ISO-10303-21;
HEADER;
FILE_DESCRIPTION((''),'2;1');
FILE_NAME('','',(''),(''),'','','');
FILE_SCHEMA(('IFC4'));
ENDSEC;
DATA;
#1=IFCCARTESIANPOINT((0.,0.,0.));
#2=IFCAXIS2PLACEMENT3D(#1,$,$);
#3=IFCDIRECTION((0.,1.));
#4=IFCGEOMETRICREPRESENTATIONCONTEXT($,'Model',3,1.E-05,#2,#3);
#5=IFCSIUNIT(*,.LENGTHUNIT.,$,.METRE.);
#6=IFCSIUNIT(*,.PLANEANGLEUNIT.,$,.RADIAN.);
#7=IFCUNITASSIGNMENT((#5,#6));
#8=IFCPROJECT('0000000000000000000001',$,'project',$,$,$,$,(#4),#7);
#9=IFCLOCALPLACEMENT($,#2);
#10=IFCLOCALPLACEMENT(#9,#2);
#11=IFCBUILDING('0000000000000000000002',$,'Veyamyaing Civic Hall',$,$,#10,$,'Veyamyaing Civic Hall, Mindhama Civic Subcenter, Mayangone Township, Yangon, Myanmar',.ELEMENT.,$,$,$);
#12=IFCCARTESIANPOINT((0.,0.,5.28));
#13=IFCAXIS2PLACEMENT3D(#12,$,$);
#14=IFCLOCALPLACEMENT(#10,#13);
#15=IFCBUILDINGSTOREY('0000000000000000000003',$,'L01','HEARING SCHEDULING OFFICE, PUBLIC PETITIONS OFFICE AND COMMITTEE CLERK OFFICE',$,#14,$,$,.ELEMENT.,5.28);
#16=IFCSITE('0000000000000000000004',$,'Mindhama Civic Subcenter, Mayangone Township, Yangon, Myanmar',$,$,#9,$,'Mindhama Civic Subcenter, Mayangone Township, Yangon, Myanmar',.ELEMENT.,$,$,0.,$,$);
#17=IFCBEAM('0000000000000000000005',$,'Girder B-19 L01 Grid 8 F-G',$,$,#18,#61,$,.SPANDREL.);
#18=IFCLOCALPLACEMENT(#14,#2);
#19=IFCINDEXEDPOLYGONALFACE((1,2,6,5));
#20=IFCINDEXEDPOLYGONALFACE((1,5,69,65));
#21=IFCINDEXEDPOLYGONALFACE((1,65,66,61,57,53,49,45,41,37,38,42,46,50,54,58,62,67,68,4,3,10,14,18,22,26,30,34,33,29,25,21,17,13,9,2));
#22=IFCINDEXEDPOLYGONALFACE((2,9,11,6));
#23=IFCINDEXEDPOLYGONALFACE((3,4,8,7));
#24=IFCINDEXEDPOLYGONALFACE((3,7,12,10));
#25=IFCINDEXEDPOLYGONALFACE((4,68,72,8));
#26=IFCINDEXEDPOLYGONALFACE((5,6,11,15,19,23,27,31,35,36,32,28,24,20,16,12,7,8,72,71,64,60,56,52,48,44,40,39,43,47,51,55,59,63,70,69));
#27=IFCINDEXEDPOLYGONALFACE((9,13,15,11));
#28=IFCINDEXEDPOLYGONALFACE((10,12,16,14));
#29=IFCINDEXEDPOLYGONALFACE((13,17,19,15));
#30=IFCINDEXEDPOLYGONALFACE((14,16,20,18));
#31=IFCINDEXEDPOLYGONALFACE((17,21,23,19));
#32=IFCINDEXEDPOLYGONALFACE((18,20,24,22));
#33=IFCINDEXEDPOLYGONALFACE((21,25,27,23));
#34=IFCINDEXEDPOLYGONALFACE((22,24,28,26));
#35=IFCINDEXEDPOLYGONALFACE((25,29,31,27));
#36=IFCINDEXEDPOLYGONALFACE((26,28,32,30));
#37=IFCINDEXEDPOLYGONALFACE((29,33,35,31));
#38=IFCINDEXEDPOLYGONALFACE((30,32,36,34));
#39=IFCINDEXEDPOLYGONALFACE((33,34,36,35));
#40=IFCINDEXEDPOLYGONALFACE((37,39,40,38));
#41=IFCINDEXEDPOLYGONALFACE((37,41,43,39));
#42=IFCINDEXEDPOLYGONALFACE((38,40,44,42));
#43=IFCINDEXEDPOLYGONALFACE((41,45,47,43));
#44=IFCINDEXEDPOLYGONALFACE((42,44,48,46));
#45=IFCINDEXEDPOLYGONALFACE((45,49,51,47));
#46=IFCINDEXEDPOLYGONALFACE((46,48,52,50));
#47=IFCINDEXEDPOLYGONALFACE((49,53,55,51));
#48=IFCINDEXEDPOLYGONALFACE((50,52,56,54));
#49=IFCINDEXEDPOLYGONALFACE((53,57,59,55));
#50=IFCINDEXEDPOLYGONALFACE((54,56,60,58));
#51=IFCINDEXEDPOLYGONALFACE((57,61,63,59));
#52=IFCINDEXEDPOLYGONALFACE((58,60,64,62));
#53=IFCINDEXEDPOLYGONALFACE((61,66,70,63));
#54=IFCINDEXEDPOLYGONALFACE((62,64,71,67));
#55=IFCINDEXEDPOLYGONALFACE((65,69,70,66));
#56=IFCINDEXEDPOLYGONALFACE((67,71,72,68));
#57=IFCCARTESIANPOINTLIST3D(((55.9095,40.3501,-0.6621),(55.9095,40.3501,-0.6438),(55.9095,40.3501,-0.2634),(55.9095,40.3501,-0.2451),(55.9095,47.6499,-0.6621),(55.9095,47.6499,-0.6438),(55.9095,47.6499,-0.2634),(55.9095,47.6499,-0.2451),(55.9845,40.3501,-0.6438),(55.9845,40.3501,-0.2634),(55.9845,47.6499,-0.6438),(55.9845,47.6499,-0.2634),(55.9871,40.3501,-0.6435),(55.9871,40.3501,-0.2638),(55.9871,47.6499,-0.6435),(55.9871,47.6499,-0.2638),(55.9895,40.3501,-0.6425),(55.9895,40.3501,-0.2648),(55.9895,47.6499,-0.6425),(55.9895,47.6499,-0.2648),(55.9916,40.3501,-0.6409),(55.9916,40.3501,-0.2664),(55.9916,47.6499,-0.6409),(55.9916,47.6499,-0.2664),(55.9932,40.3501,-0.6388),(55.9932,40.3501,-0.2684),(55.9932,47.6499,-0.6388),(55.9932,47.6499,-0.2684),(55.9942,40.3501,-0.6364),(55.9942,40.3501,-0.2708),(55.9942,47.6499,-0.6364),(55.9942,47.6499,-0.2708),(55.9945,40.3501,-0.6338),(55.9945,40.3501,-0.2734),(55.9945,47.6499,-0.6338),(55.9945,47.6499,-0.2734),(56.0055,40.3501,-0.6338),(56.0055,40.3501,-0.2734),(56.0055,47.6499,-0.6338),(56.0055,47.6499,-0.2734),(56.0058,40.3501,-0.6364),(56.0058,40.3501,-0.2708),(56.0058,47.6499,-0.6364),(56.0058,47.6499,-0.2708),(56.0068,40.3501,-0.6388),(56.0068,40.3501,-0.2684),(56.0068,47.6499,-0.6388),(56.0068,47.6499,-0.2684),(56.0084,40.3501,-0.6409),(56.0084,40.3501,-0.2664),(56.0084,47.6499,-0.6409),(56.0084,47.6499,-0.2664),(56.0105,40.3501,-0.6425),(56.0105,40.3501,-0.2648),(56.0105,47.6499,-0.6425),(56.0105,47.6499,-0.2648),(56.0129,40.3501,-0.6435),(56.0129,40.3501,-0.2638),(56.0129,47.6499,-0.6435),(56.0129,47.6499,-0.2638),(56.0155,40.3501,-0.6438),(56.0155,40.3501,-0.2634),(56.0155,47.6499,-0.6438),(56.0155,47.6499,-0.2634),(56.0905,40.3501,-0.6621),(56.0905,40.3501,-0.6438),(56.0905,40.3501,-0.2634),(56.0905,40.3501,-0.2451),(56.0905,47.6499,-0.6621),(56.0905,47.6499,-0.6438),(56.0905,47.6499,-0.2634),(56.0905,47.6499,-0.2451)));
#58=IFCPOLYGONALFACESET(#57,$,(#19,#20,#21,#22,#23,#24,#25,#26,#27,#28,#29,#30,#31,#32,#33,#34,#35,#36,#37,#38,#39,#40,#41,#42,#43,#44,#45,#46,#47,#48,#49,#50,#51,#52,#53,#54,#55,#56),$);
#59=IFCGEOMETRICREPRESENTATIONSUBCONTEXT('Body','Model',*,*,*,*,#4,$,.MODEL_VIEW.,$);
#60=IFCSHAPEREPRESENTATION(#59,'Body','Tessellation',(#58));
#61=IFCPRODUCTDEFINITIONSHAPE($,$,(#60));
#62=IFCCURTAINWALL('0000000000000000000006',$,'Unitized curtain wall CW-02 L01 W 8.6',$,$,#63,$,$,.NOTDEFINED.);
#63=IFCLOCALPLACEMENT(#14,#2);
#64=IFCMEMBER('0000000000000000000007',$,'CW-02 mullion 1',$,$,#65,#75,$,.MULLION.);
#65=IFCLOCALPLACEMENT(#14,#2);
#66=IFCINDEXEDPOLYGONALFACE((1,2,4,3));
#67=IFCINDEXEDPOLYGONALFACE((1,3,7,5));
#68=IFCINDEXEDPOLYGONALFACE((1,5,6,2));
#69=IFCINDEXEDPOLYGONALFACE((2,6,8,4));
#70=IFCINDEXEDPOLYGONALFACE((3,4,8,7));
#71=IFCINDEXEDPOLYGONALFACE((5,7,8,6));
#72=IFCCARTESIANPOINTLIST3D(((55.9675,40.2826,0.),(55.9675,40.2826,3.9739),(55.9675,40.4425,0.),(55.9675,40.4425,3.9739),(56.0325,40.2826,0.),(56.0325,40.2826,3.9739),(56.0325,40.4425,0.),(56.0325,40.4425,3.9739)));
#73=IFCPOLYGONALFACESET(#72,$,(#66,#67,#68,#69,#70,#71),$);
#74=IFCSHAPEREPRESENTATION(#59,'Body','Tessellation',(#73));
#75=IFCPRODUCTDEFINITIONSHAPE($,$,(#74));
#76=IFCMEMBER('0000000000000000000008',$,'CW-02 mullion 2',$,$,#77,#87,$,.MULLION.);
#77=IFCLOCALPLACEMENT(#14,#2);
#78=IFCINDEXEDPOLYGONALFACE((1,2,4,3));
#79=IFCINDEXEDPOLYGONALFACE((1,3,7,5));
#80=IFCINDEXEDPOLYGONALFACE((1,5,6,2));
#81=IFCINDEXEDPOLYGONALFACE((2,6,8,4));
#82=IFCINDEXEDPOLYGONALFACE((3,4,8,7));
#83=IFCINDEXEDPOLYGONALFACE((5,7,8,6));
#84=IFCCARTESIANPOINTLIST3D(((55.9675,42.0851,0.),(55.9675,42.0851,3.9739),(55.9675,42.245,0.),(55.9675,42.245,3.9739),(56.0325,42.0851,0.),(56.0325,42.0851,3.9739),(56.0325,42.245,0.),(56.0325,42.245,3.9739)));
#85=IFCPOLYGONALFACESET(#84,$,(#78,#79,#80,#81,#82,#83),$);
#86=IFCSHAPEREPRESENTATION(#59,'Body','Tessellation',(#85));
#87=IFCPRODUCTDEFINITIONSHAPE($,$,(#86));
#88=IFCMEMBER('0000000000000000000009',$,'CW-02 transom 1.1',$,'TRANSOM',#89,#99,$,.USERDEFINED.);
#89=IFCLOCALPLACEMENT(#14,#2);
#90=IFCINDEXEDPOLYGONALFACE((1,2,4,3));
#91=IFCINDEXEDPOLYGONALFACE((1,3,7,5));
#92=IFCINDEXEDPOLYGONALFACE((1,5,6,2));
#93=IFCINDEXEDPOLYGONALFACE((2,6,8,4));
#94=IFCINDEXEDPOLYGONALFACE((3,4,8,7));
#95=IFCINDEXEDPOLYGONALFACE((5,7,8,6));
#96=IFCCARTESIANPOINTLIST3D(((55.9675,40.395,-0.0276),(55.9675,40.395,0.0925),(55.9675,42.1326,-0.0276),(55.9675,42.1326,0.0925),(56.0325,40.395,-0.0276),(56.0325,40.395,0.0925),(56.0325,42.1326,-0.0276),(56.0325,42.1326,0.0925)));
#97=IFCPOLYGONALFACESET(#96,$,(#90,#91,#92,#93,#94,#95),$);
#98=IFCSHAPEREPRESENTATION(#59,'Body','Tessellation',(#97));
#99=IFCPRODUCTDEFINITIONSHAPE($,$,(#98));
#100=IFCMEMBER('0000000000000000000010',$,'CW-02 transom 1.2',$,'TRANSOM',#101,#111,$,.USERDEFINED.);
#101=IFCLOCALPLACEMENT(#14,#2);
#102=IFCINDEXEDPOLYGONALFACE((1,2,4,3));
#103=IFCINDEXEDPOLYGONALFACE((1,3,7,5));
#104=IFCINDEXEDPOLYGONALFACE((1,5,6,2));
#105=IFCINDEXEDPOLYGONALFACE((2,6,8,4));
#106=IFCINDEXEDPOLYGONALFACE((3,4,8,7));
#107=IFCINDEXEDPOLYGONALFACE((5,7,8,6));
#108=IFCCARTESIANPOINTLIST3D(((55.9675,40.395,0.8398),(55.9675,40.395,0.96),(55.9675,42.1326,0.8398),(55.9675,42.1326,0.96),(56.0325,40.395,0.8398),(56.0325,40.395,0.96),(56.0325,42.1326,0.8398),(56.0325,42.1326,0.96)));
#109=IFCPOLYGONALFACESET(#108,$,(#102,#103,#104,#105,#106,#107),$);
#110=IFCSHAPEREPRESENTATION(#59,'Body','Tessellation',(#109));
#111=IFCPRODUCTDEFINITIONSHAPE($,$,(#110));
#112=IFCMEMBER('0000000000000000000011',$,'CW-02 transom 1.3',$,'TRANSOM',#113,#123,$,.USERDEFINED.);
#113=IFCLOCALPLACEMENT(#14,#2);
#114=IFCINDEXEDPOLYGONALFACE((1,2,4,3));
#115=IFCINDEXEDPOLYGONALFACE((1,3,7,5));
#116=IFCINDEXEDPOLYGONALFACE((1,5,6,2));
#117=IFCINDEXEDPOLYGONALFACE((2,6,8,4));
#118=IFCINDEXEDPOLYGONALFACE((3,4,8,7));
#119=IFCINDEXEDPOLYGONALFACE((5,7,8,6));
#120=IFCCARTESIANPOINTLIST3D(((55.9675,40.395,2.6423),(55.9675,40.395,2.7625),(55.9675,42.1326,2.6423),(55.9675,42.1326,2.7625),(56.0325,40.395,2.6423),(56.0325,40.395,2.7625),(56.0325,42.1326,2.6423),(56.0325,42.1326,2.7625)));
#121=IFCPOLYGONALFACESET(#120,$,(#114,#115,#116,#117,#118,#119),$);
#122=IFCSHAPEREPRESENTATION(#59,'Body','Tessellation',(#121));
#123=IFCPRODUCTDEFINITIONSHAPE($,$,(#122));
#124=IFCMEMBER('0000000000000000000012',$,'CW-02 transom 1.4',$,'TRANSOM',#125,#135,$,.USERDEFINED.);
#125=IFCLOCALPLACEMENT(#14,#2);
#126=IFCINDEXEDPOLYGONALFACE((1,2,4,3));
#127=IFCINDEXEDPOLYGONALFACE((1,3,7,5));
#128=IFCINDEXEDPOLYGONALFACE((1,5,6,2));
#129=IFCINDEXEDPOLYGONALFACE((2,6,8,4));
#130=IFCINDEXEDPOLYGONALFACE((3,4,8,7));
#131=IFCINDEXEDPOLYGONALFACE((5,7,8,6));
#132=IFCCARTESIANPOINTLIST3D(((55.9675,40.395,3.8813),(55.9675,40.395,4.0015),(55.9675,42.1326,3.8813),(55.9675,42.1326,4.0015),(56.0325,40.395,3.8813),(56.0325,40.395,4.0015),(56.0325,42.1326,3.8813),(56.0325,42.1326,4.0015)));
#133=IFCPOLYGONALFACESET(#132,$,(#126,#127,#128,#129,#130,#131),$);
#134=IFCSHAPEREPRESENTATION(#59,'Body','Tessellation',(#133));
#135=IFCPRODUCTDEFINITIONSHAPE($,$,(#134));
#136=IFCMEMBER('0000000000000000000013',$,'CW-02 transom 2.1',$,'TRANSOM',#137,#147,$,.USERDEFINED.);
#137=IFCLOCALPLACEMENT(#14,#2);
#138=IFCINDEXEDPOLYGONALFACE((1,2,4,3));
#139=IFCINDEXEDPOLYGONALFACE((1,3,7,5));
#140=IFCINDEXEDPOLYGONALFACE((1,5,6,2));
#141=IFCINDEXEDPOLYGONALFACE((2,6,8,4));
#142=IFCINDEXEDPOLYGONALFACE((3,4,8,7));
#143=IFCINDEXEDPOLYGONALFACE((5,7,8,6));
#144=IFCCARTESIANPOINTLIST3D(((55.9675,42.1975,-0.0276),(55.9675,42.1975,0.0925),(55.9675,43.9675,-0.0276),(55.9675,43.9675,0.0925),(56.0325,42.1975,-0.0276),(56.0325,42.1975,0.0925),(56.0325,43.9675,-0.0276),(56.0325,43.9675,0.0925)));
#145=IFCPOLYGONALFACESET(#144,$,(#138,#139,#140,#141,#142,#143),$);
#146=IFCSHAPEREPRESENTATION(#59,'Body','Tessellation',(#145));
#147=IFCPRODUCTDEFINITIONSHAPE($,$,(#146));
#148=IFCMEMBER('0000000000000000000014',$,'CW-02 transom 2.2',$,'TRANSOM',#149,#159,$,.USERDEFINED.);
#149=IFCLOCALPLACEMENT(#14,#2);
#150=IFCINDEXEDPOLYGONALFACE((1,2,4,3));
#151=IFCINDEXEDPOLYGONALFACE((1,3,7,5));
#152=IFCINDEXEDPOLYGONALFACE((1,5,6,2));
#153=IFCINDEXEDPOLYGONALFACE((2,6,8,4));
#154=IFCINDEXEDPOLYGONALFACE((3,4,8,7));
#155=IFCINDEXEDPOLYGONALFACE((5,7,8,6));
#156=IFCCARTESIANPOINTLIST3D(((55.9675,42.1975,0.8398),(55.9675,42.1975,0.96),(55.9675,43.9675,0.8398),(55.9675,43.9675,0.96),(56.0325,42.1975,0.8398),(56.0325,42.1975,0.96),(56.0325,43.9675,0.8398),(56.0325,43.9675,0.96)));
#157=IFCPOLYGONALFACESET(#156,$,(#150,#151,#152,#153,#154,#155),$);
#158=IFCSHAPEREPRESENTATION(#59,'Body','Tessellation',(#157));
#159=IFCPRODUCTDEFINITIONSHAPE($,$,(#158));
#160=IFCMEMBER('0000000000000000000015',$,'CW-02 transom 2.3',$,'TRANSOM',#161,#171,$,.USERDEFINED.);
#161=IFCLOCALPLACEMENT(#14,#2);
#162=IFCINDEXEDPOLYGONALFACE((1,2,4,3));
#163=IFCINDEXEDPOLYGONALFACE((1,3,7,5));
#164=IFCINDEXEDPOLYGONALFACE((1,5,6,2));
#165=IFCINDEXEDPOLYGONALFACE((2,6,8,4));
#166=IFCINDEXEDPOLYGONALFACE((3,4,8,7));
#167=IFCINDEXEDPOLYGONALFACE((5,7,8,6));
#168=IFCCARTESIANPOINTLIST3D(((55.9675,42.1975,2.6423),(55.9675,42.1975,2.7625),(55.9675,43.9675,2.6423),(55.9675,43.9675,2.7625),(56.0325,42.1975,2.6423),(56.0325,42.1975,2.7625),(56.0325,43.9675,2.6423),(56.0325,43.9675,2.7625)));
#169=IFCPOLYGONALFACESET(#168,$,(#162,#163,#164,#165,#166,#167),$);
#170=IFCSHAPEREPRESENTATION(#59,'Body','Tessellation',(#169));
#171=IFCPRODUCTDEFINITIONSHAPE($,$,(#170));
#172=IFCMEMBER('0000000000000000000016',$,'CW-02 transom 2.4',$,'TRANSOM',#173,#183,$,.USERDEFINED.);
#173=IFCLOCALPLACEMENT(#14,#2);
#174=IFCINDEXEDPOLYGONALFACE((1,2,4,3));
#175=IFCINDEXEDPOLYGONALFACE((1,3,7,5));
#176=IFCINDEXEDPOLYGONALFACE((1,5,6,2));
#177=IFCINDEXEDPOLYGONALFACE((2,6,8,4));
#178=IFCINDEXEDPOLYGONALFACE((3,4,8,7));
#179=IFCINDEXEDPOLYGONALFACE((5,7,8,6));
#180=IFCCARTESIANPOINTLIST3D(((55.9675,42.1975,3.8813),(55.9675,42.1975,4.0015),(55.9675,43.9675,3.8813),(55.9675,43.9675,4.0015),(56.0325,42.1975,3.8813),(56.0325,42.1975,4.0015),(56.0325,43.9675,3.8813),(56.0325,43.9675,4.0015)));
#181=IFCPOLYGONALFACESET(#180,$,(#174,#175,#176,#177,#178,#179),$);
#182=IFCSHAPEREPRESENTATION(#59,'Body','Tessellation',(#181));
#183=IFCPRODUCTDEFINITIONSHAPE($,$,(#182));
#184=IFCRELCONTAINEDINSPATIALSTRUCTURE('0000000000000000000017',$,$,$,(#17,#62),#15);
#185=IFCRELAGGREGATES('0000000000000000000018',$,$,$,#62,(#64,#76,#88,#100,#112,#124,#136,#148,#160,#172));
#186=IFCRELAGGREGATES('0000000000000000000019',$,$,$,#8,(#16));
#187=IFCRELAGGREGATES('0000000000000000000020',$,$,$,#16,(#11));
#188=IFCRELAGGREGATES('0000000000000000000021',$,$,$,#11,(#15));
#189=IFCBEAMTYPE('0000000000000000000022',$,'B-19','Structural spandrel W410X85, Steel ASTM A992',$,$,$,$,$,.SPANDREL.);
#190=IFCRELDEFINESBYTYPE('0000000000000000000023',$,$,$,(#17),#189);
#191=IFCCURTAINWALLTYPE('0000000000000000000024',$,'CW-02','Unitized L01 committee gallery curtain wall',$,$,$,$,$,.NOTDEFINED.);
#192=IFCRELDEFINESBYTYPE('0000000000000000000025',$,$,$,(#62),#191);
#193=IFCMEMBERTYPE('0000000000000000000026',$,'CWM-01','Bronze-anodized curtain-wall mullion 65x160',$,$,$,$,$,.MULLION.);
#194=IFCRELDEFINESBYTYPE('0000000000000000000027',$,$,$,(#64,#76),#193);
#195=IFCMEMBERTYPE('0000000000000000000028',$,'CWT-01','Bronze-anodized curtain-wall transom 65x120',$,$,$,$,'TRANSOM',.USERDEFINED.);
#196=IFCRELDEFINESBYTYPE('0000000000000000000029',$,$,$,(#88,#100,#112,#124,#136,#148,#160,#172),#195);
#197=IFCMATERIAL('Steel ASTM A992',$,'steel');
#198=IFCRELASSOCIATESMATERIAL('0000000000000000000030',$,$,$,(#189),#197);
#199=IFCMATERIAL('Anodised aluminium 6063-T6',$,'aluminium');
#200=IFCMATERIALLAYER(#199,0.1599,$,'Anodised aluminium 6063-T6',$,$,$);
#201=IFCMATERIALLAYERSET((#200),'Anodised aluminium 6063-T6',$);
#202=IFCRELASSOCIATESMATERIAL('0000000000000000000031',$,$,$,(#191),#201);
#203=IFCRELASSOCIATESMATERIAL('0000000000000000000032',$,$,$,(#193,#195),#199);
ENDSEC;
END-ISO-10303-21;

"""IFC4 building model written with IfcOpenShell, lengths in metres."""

from ifc_helpers import new_model, si_unit, direction, frame, origin, origin_2d, place, context, subcontext, project, spatial, rectangle, i_section, extrude, material, layer, layer_set, material_profile, profile_set, type_object, element, aggregate, save


model = new_model("IFC4")

# Units and contexts
model_context = context("Model", 3, precision=1e-05, world=origin(), true_north=direction((0.0, 1.0)))
body_context = subcontext(model_context, "Body", "Model", "MODEL_VIEW")
ifc_project = project(units=[si_unit("LENGTHUNIT", "METRE"), si_unit("PLANEANGLEUNIT", "RADIAN")], contexts=[model_context])

# Site, building, storey
site_placement = place(None, origin())
site = spatial("IfcSite", under=ifc_project, at=site_placement, Name="Mindhama Civic Subcenter, Mayangone Township, Yangon, Myanmar", LongName="Mindhama Civic Subcenter, Mayangone Township, Yangon, Myanmar", CompositionType="ELEMENT", RefElevation=0.0)
building_placement = place(site_placement, origin())
building = spatial("IfcBuilding", under=site, at=building_placement, Name="Veyamyaing Civic Hall", LongName="Veyamyaing Civic Hall, Mindhama Civic Subcenter, Mayangone Township, Yangon, Myanmar", CompositionType="ELEMENT")
storey_placement = place(building_placement, frame((0.0, 0.0, 5.28)))
storey = spatial("IfcBuildingStorey", under=building, at=storey_placement, Name="L01", Description="HEARING SCHEDULING OFFICE, PUBLIC PETITIONS OFFICE AND COMMITTEE CLERK OFFICE", CompositionType="ELEMENT", Elevation=5.28)

# Beam
ifc_material_1 = material(Name="Steel ASTM A992", Category="steel")
ifc_material_profile_1 = material_profile(ifc_material_1, i_section(OverallWidth=0.1809, OverallDepth=0.417, WebThickness=0.011, FlangeThickness=0.0183, FilletRadius=0.01, at=origin_2d()), Name="W410X85")
ifc_profile_set_1 = profile_set([ifc_material_profile_1], Name="Steel ASTM A992")
beam_type_1 = type_object("IfcBeamType", Name="B-19", Description="Structural spandrel W410X85, Steel ASTM A992", PredefinedType="SPANDREL", material=ifc_profile_set_1)
beam_1_placement = place(storey_placement, frame((56.0, 40.3501, -0.4536), z_axis=(0.0, 1.0, 0.0), x_axis=(-1.0, 0.0, 0.0)))
element("IfcBeam", 1, at=beam_1_placement, inside=storey, type_object=beam_type_1, Name="Girder B-19 L01 Grid 8 F-G", PredefinedType="SPANDREL", context=body_context, shape_type="SweptSolid", body=[
    extrude(i_section(OverallWidth=0.1809, OverallDepth=0.417, WebThickness=0.011, FlangeThickness=0.0183, FilletRadius=0.01, at=origin_2d()), origin(), (0.0, 0.0, 1.0), 7.2998),
])

# Curtain wall, members
ifc_material_2 = material(Name="Anodised aluminium 6063-T6", Category="aluminium")
ifc_layer_1 = layer(ifc_material_2, 0.1599, Name="Anodised aluminium 6063-T6")
ifc_layer_set_1 = layer_set([ifc_layer_1], Name="Anodised aluminium 6063-T6")
curtain_wall_type = type_object("IfcCurtainWallType", Name="CW-02", Description="Unitized L01 committee gallery curtain wall", PredefinedType="NOTDEFINED", material=ifc_layer_set_1)
curtain_wall_placement = place(storey_placement, origin())
curtain_wall = element("IfcCurtainWall", 2, at=curtain_wall_placement, inside=storey, type_object=curtain_wall_type, Name="Unitized curtain wall CW-02 L01 W 8.6", PredefinedType="NOTDEFINED")
ifc_material_profile_2 = material_profile(ifc_material_2, rectangle(XDim=0.0649, YDim=0.1599, at=origin_2d()), Name="ALU-MUL-65X160")
ifc_profile_set_2 = profile_set([ifc_material_profile_2], Name="Anodised aluminium 6063-T6")
member_type_1 = type_object("IfcMemberType", Name="CWM-01", Description="Bronze-anodized curtain-wall mullion 65x160", PredefinedType="MULLION", material=ifc_profile_set_2)
member_1_placement = place(storey_placement, frame((56.0, 40.3625, 0.0), z_axis=(0.0, 0.0, 1.0), x_axis=(-1.0, 0.0, 0.0)))
member_1 = element("IfcMember", 3, at=member_1_placement, type_object=member_type_1, Name="CW-02 mullion 1", PredefinedType="MULLION", context=body_context, shape_type="SweptSolid", body=[
    extrude(rectangle(XDim=0.0649, YDim=0.1599, at=origin_2d()), origin(), (0.0, 0.0, 1.0), 3.9739),
])
member_2_placement = place(storey_placement, frame((56.0, 42.165, 0.0), z_axis=(0.0, 0.0, 1.0), x_axis=(-1.0, 0.0, 0.0)))
member_2 = element("IfcMember", 4, at=member_2_placement, type_object=member_type_1, Name="CW-02 mullion 2", PredefinedType="MULLION", context=body_context, shape_type="SweptSolid", body=[
    extrude(rectangle(XDim=0.0649, YDim=0.1599, at=origin_2d()), origin(), (0.0, 0.0, 1.0), 3.9739),
])
ifc_material_profile_3 = material_profile(ifc_material_2, rectangle(XDim=0.0649, YDim=0.1201, at=origin_2d()), Name="ALU-TRN-65X120")
ifc_profile_set_3 = profile_set([ifc_material_profile_3], Name="Anodised aluminium 6063-T6")
member_type_2 = type_object("IfcMemberType", Name="CWT-01", Description="Bronze-anodized curtain-wall transom 65x120", ElementType="TRANSOM", PredefinedType="USERDEFINED", material=ifc_profile_set_3)
member_3_placement = place(storey_placement, frame((56.0, 40.395, 0.0325), z_axis=(0.0, 1.0, 0.0), x_axis=(-1.0, 0.0, 0.0)))
member_3 = element("IfcMember", 5, at=member_3_placement, type_object=member_type_2, Name="CW-02 transom 1.1", ObjectType="TRANSOM", PredefinedType="USERDEFINED", context=body_context, shape_type="SweptSolid", body=[
    extrude(rectangle(XDim=0.0649, YDim=0.1201, at=origin_2d()), origin(), (0.0, 0.0, 1.0), 1.7375),
])
member_4_placement = place(storey_placement, frame((56.0, 40.395, 0.8999), z_axis=(0.0, 1.0, 0.0), x_axis=(-1.0, 0.0, 0.0)))
member_4 = element("IfcMember", 6, at=member_4_placement, type_object=member_type_2, Name="CW-02 transom 1.2", ObjectType="TRANSOM", PredefinedType="USERDEFINED", context=body_context, shape_type="SweptSolid", body=[
    extrude(rectangle(XDim=0.0649, YDim=0.1201, at=origin_2d()), origin(), (0.0, 0.0, 1.0), 1.7375),
])
member_5_placement = place(storey_placement, frame((56.0, 40.395, 2.7024), z_axis=(0.0, 1.0, 0.0), x_axis=(-1.0, 0.0, 0.0)))
member_5 = element("IfcMember", 7, at=member_5_placement, type_object=member_type_2, Name="CW-02 transom 1.3", ObjectType="TRANSOM", PredefinedType="USERDEFINED", context=body_context, shape_type="SweptSolid", body=[
    extrude(rectangle(XDim=0.0649, YDim=0.1201, at=origin_2d()), origin(), (0.0, 0.0, 1.0), 1.7375),
])
member_6_placement = place(storey_placement, frame((56.0, 40.395, 3.9414), z_axis=(0.0, 1.0, 0.0), x_axis=(-1.0, 0.0, 0.0)))
member_6 = element("IfcMember", 8, at=member_6_placement, type_object=member_type_2, Name="CW-02 transom 1.4", ObjectType="TRANSOM", PredefinedType="USERDEFINED", context=body_context, shape_type="SweptSolid", body=[
    extrude(rectangle(XDim=0.0649, YDim=0.1201, at=origin_2d()), origin(), (0.0, 0.0, 1.0), 1.7375),
])
member_7_placement = place(storey_placement, frame((56.0, 42.1975, 0.0325), z_axis=(0.0, 1.0, 0.0), x_axis=(-1.0, 0.0, 0.0)))
member_7 = element("IfcMember", 9, at=member_7_placement, type_object=member_type_2, Name="CW-02 transom 2.1", ObjectType="TRANSOM", PredefinedType="USERDEFINED", context=body_context, shape_type="SweptSolid", body=[
    extrude(rectangle(XDim=0.0649, YDim=0.1201, at=origin_2d()), origin(), (0.0, 0.0, 1.0), 1.77),
])
member_8_placement = place(storey_placement, frame((56.0, 42.1975, 0.8999), z_axis=(0.0, 1.0, 0.0), x_axis=(-1.0, 0.0, 0.0)))
member_8 = element("IfcMember", 10, at=member_8_placement, type_object=member_type_2, Name="CW-02 transom 2.2", ObjectType="TRANSOM", PredefinedType="USERDEFINED", context=body_context, shape_type="SweptSolid", body=[
    extrude(rectangle(XDim=0.0649, YDim=0.1201, at=origin_2d()), origin(), (0.0, 0.0, 1.0), 1.77),
])
member_9_placement = place(storey_placement, frame((56.0, 42.1975, 2.7024), z_axis=(0.0, 1.0, 0.0), x_axis=(-1.0, 0.0, 0.0)))
member_9 = element("IfcMember", 11, at=member_9_placement, type_object=member_type_2, Name="CW-02 transom 2.3", ObjectType="TRANSOM", PredefinedType="USERDEFINED", context=body_context, shape_type="SweptSolid", body=[
    extrude(rectangle(XDim=0.0649, YDim=0.1201, at=origin_2d()), origin(), (0.0, 0.0, 1.0), 1.77),
])
member_10_placement = place(storey_placement, frame((56.0, 42.1975, 3.9414), z_axis=(0.0, 1.0, 0.0), x_axis=(-1.0, 0.0, 0.0)))
member_10 = element("IfcMember", 12, at=member_10_placement, type_object=member_type_2, Name="CW-02 transom 2.4", ObjectType="TRANSOM", PredefinedType="USERDEFINED", context=body_context, shape_type="SweptSolid", body=[
    extrude(rectangle(XDim=0.0649, YDim=0.1201, at=origin_2d()), origin(), (0.0, 0.0, 1.0), 1.77),
])

aggregate(curtain_wall, [member_1, member_2, member_3, member_4, member_5, member_6, member_7, member_8, member_9, member_10])

save(model, "model.ifc")
